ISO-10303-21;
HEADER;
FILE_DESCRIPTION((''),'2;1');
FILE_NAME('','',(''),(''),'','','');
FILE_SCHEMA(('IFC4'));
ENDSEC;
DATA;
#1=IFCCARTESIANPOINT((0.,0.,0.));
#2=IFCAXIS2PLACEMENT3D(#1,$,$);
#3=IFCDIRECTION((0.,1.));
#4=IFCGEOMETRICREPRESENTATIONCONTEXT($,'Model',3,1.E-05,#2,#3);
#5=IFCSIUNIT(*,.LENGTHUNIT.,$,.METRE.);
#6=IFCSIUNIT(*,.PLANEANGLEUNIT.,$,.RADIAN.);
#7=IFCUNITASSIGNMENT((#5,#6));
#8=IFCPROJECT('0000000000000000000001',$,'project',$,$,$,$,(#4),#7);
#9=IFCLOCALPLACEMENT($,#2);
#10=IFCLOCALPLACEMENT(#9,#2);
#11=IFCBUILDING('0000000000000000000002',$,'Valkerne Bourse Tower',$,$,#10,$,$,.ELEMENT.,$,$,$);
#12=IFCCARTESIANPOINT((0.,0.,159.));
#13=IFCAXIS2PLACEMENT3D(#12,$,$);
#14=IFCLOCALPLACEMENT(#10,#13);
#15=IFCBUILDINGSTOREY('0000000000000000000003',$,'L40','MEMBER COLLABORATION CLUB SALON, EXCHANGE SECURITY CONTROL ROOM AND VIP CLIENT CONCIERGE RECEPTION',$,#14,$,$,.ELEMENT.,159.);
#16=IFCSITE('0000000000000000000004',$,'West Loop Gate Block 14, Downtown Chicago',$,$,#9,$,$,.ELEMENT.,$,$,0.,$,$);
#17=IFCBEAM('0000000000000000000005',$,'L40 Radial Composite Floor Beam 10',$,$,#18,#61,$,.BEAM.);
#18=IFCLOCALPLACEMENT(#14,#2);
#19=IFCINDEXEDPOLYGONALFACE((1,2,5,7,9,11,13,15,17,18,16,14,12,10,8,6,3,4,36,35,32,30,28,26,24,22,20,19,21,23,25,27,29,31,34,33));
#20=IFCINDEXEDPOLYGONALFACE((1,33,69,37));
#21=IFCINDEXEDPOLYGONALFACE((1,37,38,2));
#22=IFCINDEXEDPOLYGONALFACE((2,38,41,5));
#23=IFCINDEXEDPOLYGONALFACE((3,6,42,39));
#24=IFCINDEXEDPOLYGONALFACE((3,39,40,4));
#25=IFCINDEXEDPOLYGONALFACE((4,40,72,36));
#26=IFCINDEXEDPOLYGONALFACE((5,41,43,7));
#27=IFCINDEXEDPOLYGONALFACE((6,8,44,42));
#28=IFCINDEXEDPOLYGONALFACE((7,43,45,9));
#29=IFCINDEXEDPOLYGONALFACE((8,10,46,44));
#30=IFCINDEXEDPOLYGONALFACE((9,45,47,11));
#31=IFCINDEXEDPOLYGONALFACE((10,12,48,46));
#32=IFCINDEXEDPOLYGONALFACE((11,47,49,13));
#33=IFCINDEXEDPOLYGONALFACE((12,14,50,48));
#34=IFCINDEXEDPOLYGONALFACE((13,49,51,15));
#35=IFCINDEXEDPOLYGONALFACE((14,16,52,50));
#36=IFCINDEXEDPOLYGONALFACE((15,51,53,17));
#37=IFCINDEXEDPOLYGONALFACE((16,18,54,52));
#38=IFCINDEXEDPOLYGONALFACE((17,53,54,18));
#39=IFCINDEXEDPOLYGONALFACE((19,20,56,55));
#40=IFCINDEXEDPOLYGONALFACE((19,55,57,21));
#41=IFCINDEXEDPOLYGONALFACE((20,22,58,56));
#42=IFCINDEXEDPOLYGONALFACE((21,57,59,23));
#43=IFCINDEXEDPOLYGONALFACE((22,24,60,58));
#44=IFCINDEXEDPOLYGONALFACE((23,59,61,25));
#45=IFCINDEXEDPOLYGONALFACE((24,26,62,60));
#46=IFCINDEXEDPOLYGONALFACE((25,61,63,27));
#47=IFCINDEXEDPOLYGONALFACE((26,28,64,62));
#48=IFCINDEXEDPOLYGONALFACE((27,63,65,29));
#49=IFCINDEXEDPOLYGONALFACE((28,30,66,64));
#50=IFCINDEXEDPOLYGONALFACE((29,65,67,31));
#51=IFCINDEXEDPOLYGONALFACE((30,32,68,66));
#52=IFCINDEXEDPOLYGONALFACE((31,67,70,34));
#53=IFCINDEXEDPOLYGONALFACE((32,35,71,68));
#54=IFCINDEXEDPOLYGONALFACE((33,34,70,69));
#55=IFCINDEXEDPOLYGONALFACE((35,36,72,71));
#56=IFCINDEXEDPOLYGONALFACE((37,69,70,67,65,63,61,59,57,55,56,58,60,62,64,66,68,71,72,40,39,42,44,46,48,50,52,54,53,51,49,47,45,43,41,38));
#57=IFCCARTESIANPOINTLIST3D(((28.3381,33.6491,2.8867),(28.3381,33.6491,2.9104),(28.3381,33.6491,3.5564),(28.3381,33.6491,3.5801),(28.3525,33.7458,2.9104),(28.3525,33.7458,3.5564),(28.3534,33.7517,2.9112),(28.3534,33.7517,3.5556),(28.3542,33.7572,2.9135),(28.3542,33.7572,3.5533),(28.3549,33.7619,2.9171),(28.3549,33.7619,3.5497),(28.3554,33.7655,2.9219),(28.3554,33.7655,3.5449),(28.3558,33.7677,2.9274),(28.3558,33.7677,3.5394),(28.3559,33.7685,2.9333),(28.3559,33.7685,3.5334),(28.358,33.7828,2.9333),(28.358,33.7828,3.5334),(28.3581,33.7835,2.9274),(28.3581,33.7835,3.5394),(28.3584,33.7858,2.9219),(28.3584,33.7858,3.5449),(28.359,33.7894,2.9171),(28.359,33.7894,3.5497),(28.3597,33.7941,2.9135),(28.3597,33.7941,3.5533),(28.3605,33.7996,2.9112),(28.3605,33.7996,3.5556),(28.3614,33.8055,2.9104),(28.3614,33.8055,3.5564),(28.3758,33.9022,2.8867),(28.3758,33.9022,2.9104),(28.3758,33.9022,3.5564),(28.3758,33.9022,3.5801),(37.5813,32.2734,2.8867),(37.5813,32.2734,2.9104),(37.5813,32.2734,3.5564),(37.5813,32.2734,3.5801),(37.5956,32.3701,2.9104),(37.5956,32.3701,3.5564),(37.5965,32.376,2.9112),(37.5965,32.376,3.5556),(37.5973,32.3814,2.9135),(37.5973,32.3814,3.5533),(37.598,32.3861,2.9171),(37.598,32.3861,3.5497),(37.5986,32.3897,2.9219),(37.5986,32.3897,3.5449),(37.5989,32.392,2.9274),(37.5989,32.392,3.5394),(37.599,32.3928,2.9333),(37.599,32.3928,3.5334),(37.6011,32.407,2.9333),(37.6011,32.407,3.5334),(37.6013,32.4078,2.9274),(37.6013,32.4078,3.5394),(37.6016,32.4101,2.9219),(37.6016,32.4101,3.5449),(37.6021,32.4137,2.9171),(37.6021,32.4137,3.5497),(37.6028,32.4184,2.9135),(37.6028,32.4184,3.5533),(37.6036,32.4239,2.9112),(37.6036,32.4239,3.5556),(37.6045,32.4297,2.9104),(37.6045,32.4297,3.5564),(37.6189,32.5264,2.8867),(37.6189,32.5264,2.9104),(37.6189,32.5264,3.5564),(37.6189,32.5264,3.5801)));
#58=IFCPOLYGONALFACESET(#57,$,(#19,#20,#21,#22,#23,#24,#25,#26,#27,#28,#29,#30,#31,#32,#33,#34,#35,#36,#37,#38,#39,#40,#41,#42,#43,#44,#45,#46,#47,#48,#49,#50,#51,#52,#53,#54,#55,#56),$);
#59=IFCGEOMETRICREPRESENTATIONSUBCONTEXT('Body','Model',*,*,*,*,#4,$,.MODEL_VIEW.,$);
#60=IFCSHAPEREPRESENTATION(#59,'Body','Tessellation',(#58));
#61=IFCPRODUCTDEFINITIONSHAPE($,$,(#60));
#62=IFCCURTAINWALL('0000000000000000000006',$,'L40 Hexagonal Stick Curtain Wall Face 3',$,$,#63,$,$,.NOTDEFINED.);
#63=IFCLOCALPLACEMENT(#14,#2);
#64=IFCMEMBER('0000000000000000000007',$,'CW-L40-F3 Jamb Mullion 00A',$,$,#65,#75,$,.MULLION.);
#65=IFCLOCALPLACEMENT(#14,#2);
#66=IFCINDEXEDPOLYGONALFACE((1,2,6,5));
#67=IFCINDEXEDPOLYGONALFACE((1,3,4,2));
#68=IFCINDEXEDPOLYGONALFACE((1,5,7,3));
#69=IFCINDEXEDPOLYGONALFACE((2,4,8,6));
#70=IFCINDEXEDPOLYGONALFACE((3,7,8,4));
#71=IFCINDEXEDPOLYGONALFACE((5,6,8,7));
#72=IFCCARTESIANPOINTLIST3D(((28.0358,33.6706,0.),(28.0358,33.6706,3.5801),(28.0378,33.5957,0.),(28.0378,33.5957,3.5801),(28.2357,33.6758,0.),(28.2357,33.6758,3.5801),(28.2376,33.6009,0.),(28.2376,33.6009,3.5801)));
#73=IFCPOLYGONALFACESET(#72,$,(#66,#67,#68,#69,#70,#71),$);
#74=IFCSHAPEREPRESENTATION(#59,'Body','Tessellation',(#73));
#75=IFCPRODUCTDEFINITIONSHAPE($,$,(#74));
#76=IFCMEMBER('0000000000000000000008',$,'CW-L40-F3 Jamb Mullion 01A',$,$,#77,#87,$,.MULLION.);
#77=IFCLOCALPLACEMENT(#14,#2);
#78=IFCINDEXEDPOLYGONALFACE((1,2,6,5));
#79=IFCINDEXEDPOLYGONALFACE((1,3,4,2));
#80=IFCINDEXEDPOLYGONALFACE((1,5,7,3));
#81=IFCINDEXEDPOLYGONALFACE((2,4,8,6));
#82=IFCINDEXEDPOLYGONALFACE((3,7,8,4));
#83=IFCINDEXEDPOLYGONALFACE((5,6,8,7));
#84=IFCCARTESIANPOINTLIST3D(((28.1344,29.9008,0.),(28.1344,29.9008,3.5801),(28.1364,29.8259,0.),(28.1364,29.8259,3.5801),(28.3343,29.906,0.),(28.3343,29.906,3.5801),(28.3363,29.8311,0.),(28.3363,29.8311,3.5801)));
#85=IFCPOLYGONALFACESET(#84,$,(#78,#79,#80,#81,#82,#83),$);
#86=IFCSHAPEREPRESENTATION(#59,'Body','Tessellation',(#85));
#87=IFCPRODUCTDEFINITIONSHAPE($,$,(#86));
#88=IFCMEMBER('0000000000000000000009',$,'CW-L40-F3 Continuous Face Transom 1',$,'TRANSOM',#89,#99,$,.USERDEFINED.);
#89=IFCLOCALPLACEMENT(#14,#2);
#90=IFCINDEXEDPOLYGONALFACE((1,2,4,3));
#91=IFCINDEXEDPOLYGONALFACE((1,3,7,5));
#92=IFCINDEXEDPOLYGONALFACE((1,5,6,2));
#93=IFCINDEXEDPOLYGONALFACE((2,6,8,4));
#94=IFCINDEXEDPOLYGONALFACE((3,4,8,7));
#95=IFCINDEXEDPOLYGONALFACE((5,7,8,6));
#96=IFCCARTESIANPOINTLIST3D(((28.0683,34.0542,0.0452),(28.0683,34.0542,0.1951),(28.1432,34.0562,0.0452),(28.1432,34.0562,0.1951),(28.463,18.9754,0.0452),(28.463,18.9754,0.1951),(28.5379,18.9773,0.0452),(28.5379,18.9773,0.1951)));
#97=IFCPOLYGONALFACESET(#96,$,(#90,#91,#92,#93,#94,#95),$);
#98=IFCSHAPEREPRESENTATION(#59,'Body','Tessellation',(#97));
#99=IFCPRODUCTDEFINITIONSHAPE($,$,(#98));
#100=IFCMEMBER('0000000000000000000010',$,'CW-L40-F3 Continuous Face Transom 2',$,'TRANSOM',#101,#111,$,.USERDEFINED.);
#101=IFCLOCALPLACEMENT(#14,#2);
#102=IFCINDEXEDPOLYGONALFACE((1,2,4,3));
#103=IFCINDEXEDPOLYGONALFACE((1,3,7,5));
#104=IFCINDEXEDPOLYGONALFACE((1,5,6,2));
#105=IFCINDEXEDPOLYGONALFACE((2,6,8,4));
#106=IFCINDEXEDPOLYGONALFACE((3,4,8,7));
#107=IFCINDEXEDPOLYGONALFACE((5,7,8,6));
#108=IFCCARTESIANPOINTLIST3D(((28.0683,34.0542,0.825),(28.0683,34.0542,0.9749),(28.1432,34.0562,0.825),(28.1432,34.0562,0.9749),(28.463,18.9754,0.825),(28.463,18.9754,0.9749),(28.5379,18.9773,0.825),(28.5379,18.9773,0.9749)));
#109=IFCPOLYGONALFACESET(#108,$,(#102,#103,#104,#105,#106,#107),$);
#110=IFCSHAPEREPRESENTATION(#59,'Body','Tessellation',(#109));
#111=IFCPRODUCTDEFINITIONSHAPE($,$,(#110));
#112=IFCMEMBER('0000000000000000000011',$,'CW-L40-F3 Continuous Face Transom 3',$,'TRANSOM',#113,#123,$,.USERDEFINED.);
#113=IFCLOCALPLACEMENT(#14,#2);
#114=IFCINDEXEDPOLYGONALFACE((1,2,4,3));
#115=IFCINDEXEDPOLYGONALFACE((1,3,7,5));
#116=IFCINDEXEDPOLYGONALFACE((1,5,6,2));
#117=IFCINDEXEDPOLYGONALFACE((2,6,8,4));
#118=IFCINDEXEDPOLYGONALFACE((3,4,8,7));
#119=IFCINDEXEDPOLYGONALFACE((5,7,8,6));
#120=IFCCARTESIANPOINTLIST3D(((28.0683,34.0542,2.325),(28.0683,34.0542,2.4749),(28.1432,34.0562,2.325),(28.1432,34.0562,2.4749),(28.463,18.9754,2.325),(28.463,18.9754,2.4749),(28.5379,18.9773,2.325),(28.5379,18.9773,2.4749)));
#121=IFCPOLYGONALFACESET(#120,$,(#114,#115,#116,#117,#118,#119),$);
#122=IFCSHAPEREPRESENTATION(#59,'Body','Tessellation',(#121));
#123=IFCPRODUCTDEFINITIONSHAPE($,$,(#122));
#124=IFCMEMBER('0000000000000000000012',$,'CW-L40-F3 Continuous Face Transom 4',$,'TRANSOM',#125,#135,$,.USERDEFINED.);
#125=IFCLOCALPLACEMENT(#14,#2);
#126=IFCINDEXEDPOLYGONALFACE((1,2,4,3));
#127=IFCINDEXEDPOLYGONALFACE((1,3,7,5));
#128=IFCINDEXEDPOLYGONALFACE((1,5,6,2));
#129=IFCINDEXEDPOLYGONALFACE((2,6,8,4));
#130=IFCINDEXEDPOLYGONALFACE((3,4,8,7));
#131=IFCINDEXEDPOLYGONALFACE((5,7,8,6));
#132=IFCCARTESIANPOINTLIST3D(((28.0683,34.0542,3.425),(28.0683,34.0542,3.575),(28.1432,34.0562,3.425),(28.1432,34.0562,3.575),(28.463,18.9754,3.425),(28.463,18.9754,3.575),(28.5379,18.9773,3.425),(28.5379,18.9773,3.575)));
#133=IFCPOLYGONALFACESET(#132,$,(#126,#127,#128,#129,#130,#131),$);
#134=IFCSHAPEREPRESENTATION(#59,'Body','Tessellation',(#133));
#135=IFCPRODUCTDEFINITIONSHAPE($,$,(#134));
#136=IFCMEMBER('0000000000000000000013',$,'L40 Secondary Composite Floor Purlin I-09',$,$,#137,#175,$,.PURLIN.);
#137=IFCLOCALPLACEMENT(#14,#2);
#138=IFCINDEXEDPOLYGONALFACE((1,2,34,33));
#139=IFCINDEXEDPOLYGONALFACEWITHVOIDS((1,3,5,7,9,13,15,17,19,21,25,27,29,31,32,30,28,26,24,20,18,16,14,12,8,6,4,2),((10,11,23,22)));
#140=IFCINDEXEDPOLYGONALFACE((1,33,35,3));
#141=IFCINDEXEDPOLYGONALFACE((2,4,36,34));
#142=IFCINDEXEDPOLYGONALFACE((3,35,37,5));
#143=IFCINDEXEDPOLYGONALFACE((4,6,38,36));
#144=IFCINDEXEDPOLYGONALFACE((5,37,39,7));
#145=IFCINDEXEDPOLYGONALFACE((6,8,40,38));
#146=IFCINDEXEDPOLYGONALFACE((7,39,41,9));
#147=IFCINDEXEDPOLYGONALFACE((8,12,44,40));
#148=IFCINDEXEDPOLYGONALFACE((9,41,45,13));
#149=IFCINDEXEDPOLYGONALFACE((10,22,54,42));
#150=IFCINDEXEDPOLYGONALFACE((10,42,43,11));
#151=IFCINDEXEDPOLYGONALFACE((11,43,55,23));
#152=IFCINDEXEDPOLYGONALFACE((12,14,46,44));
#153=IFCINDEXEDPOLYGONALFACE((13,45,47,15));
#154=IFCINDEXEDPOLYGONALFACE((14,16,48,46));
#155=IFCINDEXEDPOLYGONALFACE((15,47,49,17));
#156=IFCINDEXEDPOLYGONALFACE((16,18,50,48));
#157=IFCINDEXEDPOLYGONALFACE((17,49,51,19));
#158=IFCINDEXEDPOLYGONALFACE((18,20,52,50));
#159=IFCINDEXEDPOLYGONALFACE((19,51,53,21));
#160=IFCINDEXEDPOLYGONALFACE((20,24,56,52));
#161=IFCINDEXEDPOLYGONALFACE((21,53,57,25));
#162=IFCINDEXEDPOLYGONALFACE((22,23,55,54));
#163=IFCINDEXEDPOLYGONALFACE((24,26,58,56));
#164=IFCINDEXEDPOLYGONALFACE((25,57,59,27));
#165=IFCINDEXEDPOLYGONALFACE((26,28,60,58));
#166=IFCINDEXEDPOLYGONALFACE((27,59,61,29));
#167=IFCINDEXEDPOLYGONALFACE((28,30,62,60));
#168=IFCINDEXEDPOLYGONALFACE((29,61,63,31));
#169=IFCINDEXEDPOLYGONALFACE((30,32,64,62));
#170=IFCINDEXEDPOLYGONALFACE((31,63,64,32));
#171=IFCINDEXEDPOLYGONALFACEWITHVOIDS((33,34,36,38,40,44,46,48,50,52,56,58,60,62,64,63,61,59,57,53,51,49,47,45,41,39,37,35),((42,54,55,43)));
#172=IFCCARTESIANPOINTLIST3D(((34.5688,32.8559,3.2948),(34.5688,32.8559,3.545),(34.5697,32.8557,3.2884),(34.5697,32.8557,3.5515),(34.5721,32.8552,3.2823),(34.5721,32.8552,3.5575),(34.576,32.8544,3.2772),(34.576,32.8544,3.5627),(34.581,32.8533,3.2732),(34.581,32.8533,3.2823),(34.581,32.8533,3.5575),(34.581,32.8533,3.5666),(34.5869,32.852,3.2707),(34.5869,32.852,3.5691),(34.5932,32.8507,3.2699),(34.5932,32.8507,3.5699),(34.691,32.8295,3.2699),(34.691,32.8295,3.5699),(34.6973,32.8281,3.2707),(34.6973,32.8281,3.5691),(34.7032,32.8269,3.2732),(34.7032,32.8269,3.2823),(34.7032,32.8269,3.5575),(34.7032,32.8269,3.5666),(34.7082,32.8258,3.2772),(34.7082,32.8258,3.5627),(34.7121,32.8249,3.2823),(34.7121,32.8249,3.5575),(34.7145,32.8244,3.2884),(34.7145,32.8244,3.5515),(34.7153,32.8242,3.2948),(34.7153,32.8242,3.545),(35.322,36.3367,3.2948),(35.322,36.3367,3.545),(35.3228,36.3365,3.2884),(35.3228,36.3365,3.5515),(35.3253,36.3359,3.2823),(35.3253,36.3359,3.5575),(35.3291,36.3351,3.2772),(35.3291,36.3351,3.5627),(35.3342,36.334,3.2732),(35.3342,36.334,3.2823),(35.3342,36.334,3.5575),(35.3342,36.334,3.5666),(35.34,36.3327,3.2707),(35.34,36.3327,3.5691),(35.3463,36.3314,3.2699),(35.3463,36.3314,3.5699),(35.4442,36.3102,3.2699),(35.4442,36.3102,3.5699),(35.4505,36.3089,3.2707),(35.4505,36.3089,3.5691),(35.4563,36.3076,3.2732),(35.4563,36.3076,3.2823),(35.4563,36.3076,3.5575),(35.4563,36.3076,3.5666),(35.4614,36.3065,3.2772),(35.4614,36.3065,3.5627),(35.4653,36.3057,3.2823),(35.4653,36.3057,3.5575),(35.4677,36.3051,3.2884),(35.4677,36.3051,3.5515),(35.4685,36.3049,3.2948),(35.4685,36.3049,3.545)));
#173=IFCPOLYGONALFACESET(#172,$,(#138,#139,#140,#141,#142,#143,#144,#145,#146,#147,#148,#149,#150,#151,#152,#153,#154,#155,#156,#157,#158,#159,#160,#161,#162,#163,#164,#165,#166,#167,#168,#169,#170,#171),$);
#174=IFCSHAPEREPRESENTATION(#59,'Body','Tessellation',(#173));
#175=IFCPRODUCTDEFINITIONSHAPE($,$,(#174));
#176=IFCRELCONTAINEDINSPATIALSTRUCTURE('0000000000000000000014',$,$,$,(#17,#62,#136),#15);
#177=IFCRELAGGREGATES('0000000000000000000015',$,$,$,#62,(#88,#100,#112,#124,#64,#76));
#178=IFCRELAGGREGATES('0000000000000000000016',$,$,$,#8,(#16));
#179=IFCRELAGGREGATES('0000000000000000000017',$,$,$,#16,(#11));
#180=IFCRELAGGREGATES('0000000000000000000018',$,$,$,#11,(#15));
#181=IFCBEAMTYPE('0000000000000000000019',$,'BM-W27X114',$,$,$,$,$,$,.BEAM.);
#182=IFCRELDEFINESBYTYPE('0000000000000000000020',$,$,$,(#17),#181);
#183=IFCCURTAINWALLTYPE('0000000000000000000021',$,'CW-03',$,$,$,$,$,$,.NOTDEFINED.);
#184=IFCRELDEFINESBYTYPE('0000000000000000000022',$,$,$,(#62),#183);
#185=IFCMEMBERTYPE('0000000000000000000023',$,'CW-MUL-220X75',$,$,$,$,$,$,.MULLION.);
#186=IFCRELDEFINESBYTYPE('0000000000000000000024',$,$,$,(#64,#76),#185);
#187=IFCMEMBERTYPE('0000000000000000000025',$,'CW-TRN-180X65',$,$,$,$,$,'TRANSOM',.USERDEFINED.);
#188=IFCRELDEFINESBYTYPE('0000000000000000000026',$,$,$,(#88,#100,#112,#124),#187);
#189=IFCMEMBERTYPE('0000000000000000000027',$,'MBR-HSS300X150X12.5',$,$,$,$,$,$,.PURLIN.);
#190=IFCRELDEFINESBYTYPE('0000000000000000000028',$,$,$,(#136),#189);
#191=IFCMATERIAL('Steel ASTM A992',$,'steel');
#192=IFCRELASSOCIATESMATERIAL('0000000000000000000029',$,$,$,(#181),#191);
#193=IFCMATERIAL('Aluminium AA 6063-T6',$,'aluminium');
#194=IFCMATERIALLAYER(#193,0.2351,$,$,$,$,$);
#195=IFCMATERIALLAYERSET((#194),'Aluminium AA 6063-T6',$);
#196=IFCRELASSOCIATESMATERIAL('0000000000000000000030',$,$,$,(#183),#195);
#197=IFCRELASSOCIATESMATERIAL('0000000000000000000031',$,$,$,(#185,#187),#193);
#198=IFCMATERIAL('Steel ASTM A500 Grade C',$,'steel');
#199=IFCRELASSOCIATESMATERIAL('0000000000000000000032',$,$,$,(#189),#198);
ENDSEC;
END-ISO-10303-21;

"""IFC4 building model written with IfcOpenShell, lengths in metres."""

from ifc_helpers import new_model, si_unit, direction, frame, origin, origin_2d, place, context, subcontext, project, spatial, rectangle, hollow_rectangle, i_section, extrude, material, layer, layer_set, material_profile, profile_set, type_object, element, aggregate, save


model = new_model("IFC4")

# Units and contexts
model_context = context("Model", 3, precision=1e-05, world=origin(), true_north=direction((0.0, 1.0)))
body_context = subcontext(model_context, "Body", "Model", "MODEL_VIEW")
ifc_project = project(units=[si_unit("LENGTHUNIT", "METRE"), si_unit("PLANEANGLEUNIT", "RADIAN")], contexts=[model_context])

# Site, building, storey
site_placement = place(None, origin())
site = spatial("IfcSite", under=ifc_project, at=site_placement, Name="West Loop Gate Block 14, Downtown Chicago", CompositionType="ELEMENT", RefElevation=0.0)
building_placement = place(site_placement, origin())
building = spatial("IfcBuilding", under=site, at=building_placement, Name="Valkerne Bourse Tower", CompositionType="ELEMENT")
storey_placement = place(building_placement, frame((0.0, 0.0, 159.0)))
storey = spatial("IfcBuildingStorey", under=building, at=storey_placement, Name="L40", Description="MEMBER COLLABORATION CLUB SALON, EXCHANGE SECURITY CONTROL ROOM AND VIP CLIENT CONCIERGE RECEPTION", CompositionType="ELEMENT", Elevation=159.0)

# Beam
ifc_material_1 = material(Name="Steel ASTM A992", Category="steel")
ifc_material_profile_1 = material_profile(ifc_material_1, i_section(OverallWidth=0.2559, OverallDepth=0.6934, WebThickness=0.0144, FlangeThickness=0.0237, FilletRadius=0.0229, at=origin_2d()), Name="W27X114")
ifc_profile_set_1 = profile_set([ifc_material_profile_1], Name="Steel ASTM A992")
beam_type_1 = type_object("IfcBeamType", Name="BM-W27X114", PredefinedType="BEAM", material=ifc_profile_set_1)
beam_1_placement = place(storey_placement, frame((28.3569, 33.7756, 3.2334), z_axis=(0.989104, -0.147216, 0.0), x_axis=(0.147216, 0.989104, 0.0)))
element("IfcBeam", 1, at=beam_1_placement, inside=storey, type_object=beam_type_1, Name="L40 Radial Composite Floor Beam 10", PredefinedType="BEAM", context=body_context, shape_type="SweptSolid", body=[
    extrude(i_section(OverallWidth=0.2559, OverallDepth=0.6934, WebThickness=0.0144, FlangeThickness=0.0237, FilletRadius=0.0229, at=origin_2d()), origin(), (0.0, 0.0, 1.0), 9.345),
])

# Curtain wall, members
ifc_material_2 = material(Name="Aluminium AA 6063-T6", Category="aluminium")
ifc_layer_1 = layer(ifc_material_2, 0.2351)
ifc_layer_set_1 = layer_set([ifc_layer_1], Name="Aluminium AA 6063-T6")
curtain_wall_type = type_object("IfcCurtainWallType", Name="CW-03", PredefinedType="NOTDEFINED", material=ifc_layer_set_1)
curtain_wall_placement = place(storey_placement, origin())
curtain_wall = element("IfcCurtainWall", 2, at=curtain_wall_placement, inside=storey, type_object=curtain_wall_type, Name="L40 Hexagonal Stick Curtain Wall Face 3", PredefinedType="NOTDEFINED")
ifc_material_profile_2 = material_profile(ifc_material_2, rectangle(XDim=0.075, YDim=0.2, at=origin_2d()), Name="CWM-75X200")
ifc_profile_set_2 = profile_set([ifc_material_profile_2], Name="Aluminium AA 6063-T6")
member_type_1 = type_object("IfcMemberType", Name="CW-MUL-220X75", PredefinedType="MULLION", material=ifc_profile_set_2)
member_1_placement = place(storey_placement, frame((28.1367, 33.6357, 0.0), z_axis=(0.0, 0.0, 1.0), x_axis=(0.026173, -0.999657, 0.0)))
member_1 = element("IfcMember", 3, at=member_1_placement, type_object=member_type_1, Name="CW-L40-F3 Jamb Mullion 00A", PredefinedType="MULLION", context=body_context, shape_type="SweptSolid", body=[
    extrude(rectangle(XDim=0.075, YDim=0.2, at=origin_2d()), origin(), (0.0, 0.0, 1.0), 3.5801),
])
member_2_placement = place(storey_placement, frame((28.2354, 29.866, 0.0), z_axis=(0.0, 0.0, 1.0), x_axis=(0.026173, -0.999657, 0.0)))
member_2 = element("IfcMember", 4, at=member_2_placement, type_object=member_type_1, Name="CW-L40-F3 Jamb Mullion 01A", PredefinedType="MULLION", context=body_context, shape_type="SweptSolid", body=[
    extrude(rectangle(XDim=0.075, YDim=0.2, at=origin_2d()), origin(), (0.0, 0.0, 1.0), 3.5801),
])
ifc_material_profile_3 = material_profile(ifc_material_2, rectangle(XDim=0.075, YDim=0.1499, at=origin_2d()), Name="CWT-75X150")
ifc_profile_set_3 = profile_set([ifc_material_profile_3], Name="Aluminium AA 6063-T6")
member_type_2 = type_object("IfcMemberType", Name="CW-TRN-180X65", ElementType="TRANSOM", PredefinedType="USERDEFINED", material=ifc_profile_set_3)
member_3_placement = place(storey_placement, frame((28.1057, 34.0552, 0.1201), z_axis=(0.026172, -0.999657, 0.0), x_axis=(0.999657, 0.026172, 0.0)))
member_3 = element("IfcMember", 5, at=member_3_placement, type_object=member_type_2, Name="CW-L40-F3 Continuous Face Transom 1", ObjectType="TRANSOM", PredefinedType="USERDEFINED", context=body_context, shape_type="SweptSolid", body=[
    extrude(rectangle(XDim=0.075, YDim=0.1499, at=origin_2d()), origin(), (0.0, 0.0, 1.0), 15.084),
])
member_4_placement = place(storey_placement, frame((28.1057, 34.0552, 0.8999), z_axis=(0.026172, -0.999657, 0.0), x_axis=(0.999657, 0.026172, 0.0)))
member_4 = element("IfcMember", 6, at=member_4_placement, type_object=member_type_2, Name="CW-L40-F3 Continuous Face Transom 2", ObjectType="TRANSOM", PredefinedType="USERDEFINED", context=body_context, shape_type="SweptSolid", body=[
    extrude(rectangle(XDim=0.075, YDim=0.1499, at=origin_2d()), origin(), (0.0, 0.0, 1.0), 15.084),
])
member_5_placement = place(storey_placement, frame((28.1057, 34.0552, 2.3999), z_axis=(0.026172, -0.999657, 0.0), x_axis=(0.999657, 0.026172, 0.0)))
member_5 = element("IfcMember", 7, at=member_5_placement, type_object=member_type_2, Name="CW-L40-F3 Continuous Face Transom 3", ObjectType="TRANSOM", PredefinedType="USERDEFINED", context=body_context, shape_type="SweptSolid", body=[
    extrude(rectangle(XDim=0.075, YDim=0.1499, at=origin_2d()), origin(), (0.0, 0.0, 1.0), 15.084),
])
member_6_placement = place(storey_placement, frame((28.1057, 34.0552, 3.5), z_axis=(0.026172, -0.999657, 0.0), x_axis=(0.999657, 0.026172, 0.0)))
member_6 = element("IfcMember", 8, at=member_6_placement, type_object=member_type_2, Name="CW-L40-F3 Continuous Face Transom 4", ObjectType="TRANSOM", PredefinedType="USERDEFINED", context=body_context, shape_type="SweptSolid", body=[
    extrude(rectangle(XDim=0.075, YDim=0.1499, at=origin_2d()), origin(), (0.0, 0.0, 1.0), 15.084),
])

# Member
ifc_material_3 = material(Name="Steel ASTM A500 Grade C", Category="steel")
ifc_material_profile_4 = material_profile(ifc_material_3, hollow_rectangle(XDim=0.1499, YDim=0.3, WallThickness=0.0125, OuterFilletRadius=0.0249, at=origin_2d()), Name="HSS300X150X12.5")
ifc_profile_set_4 = profile_set([ifc_material_profile_4], Name="Steel ASTM A500 Grade C")
member_type_3 = type_object("IfcMemberType", Name="MBR-HSS300X150X12.5", PredefinedType="PURLIN", material=ifc_profile_set_4)
member_7_placement = place(storey_placement, frame((35.3953, 36.3208, 3.4199), z_axis=(-0.21149, -0.97738, 0.0), x_axis=(0.97738, -0.21149, 0.0)))
element("IfcMember", 9, at=member_7_placement, inside=storey, type_object=member_type_3, Name="L40 Secondary Composite Floor Purlin I-09", PredefinedType="PURLIN", context=body_context, shape_type="SweptSolid", body=[
    extrude(hollow_rectangle(XDim=0.1499, YDim=0.3, WallThickness=0.0125, OuterFilletRadius=0.0249, at=origin_2d()), origin(), (0.0, 0.0, 1.0), 3.5613),
])

aggregate(curtain_wall, [member_3, member_4, member_5, member_6, member_1, member_2])

save(model, "model.ifc")
